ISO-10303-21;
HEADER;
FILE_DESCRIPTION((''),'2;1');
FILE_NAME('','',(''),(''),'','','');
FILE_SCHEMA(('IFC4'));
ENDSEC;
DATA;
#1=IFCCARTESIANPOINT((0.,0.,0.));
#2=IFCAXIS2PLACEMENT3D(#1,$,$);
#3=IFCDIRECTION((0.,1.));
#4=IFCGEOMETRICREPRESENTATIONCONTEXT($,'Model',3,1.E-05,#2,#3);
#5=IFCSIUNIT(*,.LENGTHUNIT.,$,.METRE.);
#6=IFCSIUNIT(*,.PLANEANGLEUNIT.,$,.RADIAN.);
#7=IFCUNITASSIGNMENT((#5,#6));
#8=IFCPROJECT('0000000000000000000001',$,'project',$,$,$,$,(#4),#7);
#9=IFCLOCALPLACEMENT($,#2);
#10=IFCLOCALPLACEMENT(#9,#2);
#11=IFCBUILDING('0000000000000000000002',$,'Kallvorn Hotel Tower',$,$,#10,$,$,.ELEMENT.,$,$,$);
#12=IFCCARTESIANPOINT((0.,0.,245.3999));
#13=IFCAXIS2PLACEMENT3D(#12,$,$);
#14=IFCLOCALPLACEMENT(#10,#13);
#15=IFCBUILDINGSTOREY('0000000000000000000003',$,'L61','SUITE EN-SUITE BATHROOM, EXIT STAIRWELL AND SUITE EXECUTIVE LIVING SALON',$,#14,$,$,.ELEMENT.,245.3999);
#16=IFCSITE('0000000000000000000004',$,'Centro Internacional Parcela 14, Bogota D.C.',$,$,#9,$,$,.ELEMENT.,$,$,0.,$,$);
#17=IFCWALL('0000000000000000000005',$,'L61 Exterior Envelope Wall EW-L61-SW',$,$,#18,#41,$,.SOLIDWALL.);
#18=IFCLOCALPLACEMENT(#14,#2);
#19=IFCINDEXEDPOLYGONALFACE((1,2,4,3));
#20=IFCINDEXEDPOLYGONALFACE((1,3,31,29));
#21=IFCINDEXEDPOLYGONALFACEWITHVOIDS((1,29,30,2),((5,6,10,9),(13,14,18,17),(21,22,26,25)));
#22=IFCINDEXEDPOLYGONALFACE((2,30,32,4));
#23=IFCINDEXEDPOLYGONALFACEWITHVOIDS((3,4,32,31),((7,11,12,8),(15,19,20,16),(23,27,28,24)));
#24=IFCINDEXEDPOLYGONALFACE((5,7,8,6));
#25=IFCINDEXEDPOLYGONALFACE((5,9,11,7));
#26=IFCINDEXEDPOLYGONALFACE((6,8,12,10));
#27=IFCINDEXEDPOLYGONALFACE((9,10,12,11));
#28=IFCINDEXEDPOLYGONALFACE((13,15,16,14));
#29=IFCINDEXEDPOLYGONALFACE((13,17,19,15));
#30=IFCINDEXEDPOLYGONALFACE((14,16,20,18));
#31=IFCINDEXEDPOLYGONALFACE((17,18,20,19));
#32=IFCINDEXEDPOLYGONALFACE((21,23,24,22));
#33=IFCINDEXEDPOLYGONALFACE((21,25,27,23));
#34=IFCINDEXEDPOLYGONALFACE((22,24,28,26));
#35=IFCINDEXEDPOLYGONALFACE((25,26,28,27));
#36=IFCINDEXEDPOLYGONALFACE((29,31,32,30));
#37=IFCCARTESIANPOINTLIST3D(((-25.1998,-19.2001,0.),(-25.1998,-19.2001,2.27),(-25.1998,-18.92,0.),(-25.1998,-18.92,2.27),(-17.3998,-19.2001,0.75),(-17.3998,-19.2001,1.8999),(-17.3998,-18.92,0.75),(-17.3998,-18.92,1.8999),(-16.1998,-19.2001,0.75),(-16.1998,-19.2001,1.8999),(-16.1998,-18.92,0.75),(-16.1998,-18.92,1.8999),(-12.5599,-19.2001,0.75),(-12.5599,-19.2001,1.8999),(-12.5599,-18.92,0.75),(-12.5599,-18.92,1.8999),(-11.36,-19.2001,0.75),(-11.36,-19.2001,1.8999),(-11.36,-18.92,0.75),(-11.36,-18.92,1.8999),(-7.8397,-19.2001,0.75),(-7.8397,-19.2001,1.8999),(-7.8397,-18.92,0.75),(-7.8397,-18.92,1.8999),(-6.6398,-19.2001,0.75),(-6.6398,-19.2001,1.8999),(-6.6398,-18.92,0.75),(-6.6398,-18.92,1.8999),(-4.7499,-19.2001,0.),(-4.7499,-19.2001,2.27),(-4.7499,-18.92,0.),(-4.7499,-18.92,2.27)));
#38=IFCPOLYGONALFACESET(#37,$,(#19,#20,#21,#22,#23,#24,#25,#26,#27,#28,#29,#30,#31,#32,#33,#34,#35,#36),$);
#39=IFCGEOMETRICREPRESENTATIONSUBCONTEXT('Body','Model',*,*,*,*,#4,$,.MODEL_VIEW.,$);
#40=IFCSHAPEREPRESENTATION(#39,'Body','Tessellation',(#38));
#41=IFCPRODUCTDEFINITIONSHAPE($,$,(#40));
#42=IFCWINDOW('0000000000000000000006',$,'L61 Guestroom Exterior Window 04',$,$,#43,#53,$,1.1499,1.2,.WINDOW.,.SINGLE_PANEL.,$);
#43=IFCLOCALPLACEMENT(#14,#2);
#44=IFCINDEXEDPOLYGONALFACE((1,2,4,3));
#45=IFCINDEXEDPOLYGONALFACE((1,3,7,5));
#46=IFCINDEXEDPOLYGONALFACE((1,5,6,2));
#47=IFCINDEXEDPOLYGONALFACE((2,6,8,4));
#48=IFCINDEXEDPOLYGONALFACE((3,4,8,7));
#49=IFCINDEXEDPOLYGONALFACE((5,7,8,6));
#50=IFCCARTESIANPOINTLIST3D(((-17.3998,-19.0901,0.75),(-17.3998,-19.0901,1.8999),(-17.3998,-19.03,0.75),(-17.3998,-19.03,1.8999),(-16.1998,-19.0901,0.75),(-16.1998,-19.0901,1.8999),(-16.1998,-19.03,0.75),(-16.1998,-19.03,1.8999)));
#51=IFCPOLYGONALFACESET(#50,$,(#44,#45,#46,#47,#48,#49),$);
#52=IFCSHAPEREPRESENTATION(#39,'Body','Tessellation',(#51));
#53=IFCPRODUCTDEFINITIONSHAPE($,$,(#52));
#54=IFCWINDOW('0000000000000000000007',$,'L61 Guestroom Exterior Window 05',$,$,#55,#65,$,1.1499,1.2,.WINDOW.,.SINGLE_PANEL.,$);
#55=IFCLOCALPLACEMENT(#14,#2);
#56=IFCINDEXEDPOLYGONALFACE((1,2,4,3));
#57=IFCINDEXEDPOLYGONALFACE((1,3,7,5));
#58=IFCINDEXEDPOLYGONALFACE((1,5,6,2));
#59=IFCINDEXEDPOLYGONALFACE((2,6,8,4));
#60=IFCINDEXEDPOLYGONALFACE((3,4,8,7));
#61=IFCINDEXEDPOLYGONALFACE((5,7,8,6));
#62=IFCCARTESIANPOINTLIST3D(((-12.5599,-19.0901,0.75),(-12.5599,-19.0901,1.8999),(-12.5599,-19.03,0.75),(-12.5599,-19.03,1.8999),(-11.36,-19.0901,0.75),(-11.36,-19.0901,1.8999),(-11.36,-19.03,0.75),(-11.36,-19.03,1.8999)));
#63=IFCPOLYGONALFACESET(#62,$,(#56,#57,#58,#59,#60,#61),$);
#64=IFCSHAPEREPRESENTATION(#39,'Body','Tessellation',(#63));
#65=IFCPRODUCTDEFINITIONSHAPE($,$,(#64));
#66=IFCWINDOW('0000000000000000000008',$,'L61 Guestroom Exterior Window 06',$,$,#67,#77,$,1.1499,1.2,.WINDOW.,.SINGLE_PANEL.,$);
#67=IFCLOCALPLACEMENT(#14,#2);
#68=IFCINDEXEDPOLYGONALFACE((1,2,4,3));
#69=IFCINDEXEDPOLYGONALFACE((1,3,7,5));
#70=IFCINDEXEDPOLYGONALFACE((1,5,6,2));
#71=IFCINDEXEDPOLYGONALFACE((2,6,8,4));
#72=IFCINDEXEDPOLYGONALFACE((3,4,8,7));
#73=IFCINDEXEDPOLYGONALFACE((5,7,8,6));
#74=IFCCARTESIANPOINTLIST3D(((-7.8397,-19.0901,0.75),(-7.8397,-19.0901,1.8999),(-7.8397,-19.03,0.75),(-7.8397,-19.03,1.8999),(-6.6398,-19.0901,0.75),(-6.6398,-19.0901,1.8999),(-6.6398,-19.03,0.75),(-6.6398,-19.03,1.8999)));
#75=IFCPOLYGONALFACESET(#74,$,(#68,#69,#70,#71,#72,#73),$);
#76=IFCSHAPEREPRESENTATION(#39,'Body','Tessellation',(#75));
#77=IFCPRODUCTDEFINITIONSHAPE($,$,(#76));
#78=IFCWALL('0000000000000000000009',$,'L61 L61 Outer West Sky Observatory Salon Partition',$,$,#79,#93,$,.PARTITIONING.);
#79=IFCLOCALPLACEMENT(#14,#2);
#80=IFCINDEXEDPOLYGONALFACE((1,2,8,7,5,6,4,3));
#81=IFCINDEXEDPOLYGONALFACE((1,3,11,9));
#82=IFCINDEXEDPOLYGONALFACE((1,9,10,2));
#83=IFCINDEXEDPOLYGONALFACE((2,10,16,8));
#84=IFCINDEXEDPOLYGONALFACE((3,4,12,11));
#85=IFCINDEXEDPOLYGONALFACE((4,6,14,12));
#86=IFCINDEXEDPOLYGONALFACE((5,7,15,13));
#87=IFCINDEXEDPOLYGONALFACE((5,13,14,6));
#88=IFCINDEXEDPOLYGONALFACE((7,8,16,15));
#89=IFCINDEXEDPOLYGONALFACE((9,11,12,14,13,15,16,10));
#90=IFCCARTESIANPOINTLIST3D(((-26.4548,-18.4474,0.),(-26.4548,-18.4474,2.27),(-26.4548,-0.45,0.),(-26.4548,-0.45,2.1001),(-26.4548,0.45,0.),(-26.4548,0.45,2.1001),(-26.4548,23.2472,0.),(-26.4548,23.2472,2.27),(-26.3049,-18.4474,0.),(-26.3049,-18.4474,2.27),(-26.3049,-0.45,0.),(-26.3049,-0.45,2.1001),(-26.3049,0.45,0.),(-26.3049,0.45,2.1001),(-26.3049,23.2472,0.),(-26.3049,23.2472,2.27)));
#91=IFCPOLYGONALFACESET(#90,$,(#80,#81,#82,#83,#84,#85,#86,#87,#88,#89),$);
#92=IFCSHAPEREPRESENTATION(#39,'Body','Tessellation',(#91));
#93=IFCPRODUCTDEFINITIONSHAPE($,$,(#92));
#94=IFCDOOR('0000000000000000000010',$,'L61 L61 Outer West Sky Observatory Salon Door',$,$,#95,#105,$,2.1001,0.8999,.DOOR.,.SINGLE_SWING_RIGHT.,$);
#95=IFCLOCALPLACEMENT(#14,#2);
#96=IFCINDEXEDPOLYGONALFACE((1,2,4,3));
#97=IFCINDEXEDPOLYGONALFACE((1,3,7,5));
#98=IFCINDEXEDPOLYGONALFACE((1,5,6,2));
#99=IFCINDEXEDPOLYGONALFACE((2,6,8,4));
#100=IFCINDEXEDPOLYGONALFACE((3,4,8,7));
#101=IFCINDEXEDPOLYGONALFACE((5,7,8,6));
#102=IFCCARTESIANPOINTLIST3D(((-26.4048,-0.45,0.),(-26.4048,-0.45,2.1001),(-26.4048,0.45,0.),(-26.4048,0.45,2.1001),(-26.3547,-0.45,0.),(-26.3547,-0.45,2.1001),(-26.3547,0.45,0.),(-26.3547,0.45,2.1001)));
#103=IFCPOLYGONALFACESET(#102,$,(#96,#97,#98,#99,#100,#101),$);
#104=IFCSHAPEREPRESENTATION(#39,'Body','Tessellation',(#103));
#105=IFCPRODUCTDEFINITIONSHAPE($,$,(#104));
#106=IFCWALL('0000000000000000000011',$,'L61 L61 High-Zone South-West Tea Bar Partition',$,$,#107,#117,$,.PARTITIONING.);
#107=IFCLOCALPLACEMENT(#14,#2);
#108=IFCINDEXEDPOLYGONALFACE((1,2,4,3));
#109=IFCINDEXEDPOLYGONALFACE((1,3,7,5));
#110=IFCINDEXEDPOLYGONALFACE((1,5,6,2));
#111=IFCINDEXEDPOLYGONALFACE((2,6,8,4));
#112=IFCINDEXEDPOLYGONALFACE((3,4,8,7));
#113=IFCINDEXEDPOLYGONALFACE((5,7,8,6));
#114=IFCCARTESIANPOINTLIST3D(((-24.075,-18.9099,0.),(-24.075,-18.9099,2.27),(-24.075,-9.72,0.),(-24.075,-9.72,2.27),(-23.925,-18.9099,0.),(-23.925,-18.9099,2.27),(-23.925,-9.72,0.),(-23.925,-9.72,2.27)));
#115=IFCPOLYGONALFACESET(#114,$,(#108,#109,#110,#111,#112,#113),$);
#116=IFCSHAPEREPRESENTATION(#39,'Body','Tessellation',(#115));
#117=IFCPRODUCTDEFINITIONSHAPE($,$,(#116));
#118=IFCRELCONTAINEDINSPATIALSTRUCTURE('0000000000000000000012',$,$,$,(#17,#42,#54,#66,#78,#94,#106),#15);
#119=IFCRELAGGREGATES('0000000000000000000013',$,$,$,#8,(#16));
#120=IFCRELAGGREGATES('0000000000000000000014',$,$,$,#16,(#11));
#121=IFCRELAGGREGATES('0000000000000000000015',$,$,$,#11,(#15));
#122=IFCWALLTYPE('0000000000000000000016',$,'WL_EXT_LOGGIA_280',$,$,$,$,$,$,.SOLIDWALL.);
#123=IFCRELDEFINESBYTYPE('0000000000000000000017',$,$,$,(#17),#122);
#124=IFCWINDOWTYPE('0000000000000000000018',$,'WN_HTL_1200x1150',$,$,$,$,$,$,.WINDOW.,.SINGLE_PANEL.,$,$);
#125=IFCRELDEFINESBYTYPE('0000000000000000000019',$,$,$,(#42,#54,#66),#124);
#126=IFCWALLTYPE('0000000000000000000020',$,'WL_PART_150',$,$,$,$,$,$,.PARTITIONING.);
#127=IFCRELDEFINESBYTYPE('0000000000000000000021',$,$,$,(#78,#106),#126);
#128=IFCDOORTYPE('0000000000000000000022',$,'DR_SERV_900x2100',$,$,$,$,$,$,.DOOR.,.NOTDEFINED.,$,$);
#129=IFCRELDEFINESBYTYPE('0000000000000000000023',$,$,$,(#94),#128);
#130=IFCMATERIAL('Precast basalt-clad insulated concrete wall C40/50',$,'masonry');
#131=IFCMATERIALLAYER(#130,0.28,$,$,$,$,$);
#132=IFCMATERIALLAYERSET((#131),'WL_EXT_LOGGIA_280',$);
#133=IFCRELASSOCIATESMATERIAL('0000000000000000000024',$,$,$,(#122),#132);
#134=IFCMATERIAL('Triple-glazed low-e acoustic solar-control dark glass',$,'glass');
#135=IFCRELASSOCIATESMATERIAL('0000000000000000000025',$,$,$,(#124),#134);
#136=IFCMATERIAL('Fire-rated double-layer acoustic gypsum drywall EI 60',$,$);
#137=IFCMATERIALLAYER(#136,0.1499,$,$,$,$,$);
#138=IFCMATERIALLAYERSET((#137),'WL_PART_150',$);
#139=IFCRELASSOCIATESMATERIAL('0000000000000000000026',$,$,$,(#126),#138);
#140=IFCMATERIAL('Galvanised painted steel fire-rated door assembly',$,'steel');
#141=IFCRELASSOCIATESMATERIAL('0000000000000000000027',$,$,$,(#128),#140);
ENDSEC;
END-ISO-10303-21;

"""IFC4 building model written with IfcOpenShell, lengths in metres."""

from ifc_helpers import new_model, si_unit, direction, frame, frame_2d, origin, place, context, subcontext, project, spatial, rectangle, extrude, material, layer, layer_set, type_object, element, fill, save


model = new_model("IFC4")

# Units and contexts
model_context = context("Model", 3, precision=1e-05, world=origin(), true_north=direction((0.0, 1.0)))
body_context = subcontext(model_context, "Body", "Model", "MODEL_VIEW")
ifc_project = project(units=[si_unit("LENGTHUNIT", "METRE"), si_unit("PLANEANGLEUNIT", "RADIAN")], contexts=[model_context])

# Site, building, storey
site_placement = place(None, origin())
site = spatial("IfcSite", under=ifc_project, at=site_placement, Name="Centro Internacional Parcela 14, Bogota D.C.", CompositionType="ELEMENT", RefElevation=0.0)
building_placement = place(site_placement, origin())
building = spatial("IfcBuilding", under=site, at=building_placement, Name="Kallvorn Hotel Tower", CompositionType="ELEMENT")
storey_placement = place(building_placement, frame((0.0, 0.0, 245.3999)))
storey = spatial("IfcBuildingStorey", under=building, at=storey_placement, Name="L61", Description="SUITE EN-SUITE BATHROOM, EXIT STAIRWELL AND SUITE EXECUTIVE LIVING SALON", CompositionType="ELEMENT", Elevation=245.3999)

# Shared definitions
ifc_material_1 = material(Name="Precast basalt-clad insulated concrete wall C40/50", Category="masonry")
ifc_layer_1 = layer(ifc_material_1, 0.28)
ifc_layer_set_1 = layer_set([ifc_layer_1], Name="WL_EXT_LOGGIA_280")
wall_type_1 = type_object("IfcWallType", Name="WL_EXT_LOGGIA_280", PredefinedType="SOLIDWALL", material=ifc_layer_set_1)

# Wall, openings, windows
wall_1_placement = place(storey_placement, frame((-25.2, -19.0601, 0.0), z_axis=(0.0, 0.0, 1.0), x_axis=(1.0, 0.0, 0.0)))
wall_1 = element("IfcWall", 1, at=wall_1_placement, inside=storey, type_object=wall_type_1, Name="L61 Exterior Envelope Wall EW-L61-SW", PredefinedType="SOLIDWALL", context=body_context, shape_type="SweptSolid", body=[
    extrude(rectangle(XDim=20.45, YDim=0.28, at=frame_2d((10.2251, 0.0))), origin(), (0.0, 0.0, 1.0), 2.27),
])
opening_1_placement = place(wall_1_placement, frame((7.8, 0.0, 0.75)))
opening_1 = element("IfcOpeningElement", 2, at=opening_1_placement, cuts=wall_1, PredefinedType="OPENING", context=body_context, shape_type="SweptSolid", body=[
    extrude(rectangle(XDim=1.2, YDim=1.1499, at=frame_2d((0.6001, 0.575))), frame((0.0, 0.155, 0.0), z_axis=(0.0, -1.0, 0.0), x_axis=(1.0, 0.0, 0.0)), (0.0, 0.0, 1.0), 0.3101),
])
opening_2_placement = place(wall_1_placement, frame((12.6399, 0.0, 0.75)))
opening_2 = element("IfcOpeningElement", 3, at=opening_2_placement, cuts=wall_1, PredefinedType="OPENING", context=body_context, shape_type="SweptSolid", body=[
    extrude(rectangle(XDim=1.2, YDim=1.1499, at=frame_2d((0.6001, 0.575))), frame((0.0, 0.155, 0.0), z_axis=(0.0, -1.0, 0.0), x_axis=(1.0, 0.0, 0.0)), (0.0, 0.0, 1.0), 0.3101),
])
opening_3_placement = place(wall_1_placement, frame((17.3601, 0.0, 0.75)))
opening_3 = element("IfcOpeningElement", 4, at=opening_3_placement, cuts=wall_1, PredefinedType="OPENING", context=body_context, shape_type="SweptSolid", body=[
    extrude(rectangle(XDim=1.2, YDim=1.1499, at=frame_2d((0.6001, 0.575))), frame((0.0, 0.155, 0.0), z_axis=(0.0, -1.0, 0.0), x_axis=(1.0, 0.0, 0.0)), (0.0, 0.0, 1.0), 0.3101),
])
ifc_material_2 = material(Name="Triple-glazed low-e acoustic solar-control dark glass", Category="glass")
window_type = type_object("IfcWindowType", Name="WN_HTL_1200x1150", PartitioningType="SINGLE_PANEL", PredefinedType="WINDOW", material=ifc_material_2)
window_1_placement = place(opening_1_placement, origin())
window_1 = element("IfcWindow", 5, at=window_1_placement, inside=storey, type_object=window_type, Name="L61 Guestroom Exterior Window 04", OverallHeight=1.1499, OverallWidth=1.2, PartitioningType="SINGLE_PANEL", PredefinedType="WINDOW", context=body_context, shape_type="SweptSolid", body=[
    extrude(rectangle(XDim=1.2, YDim=1.1499, at=frame_2d((0.6001, 0.575))), frame((0.0, 0.03, 0.0), z_axis=(0.0, -1.0, 0.0), x_axis=(1.0, 0.0, 0.0)), (0.0, 0.0, 1.0), 0.0601),
])
fill(opening_1, window_1)
window_2_placement = place(opening_2_placement, origin())
window_2 = element("IfcWindow", 6, at=window_2_placement, inside=storey, type_object=window_type, Name="L61 Guestroom Exterior Window 05", OverallHeight=1.1499, OverallWidth=1.2, PartitioningType="SINGLE_PANEL", PredefinedType="WINDOW", context=body_context, shape_type="SweptSolid", body=[
    extrude(rectangle(XDim=1.2, YDim=1.1499, at=frame_2d((0.6001, 0.575))), frame((0.0, 0.03, 0.0), z_axis=(0.0, -1.0, 0.0), x_axis=(1.0, 0.0, 0.0)), (0.0, 0.0, 1.0), 0.0601),
])
fill(opening_2, window_2)
window_3_placement = place(opening_3_placement, origin())
window_3 = element("IfcWindow", 7, at=window_3_placement, inside=storey, type_object=window_type, Name="L61 Guestroom Exterior Window 06", OverallHeight=1.1499, OverallWidth=1.2, PartitioningType="SINGLE_PANEL", PredefinedType="WINDOW", context=body_context, shape_type="SweptSolid", body=[
    extrude(rectangle(XDim=1.2, YDim=1.1499, at=frame_2d((0.6001, 0.575))), frame((0.0, 0.03, 0.0), z_axis=(0.0, -1.0, 0.0), x_axis=(1.0, 0.0, 0.0)), (0.0, 0.0, 1.0), 0.0601),
])
fill(opening_3, window_3)

# Wall, opening, door
ifc_material_3 = material(Name="Fire-rated double-layer acoustic gypsum drywall EI 60")
ifc_layer_2 = layer(ifc_material_3, 0.1499)
ifc_layer_set_2 = layer_set([ifc_layer_2], Name="WL_PART_150")
wall_type_2 = type_object("IfcWallType", Name="WL_PART_150", PredefinedType="PARTITIONING", material=ifc_layer_set_2)
wall_2_placement = place(storey_placement, frame((-26.3799, -18.4473, 0.0), z_axis=(0.0, 0.0, 1.0), x_axis=(0.0, 1.0, 0.0)))
wall_2 = element("IfcWall", 8, at=wall_2_placement, inside=storey, type_object=wall_type_2, Name="L61 L61 Outer West Sky Observatory Salon Partition", PredefinedType="PARTITIONING", context=body_context, shape_type="SweptSolid", body=[
    extrude(rectangle(XDim=41.6946, YDim=0.1499, at=frame_2d((20.8472, 0.0))), origin(), (0.0, 0.0, 1.0), 2.27),
])
opening_4_placement = place(wall_2_placement, frame((17.9973, 0.0, 0.0)))
opening_4 = element("IfcOpeningElement", 9, at=opening_4_placement, cuts=wall_2, PredefinedType="OPENING", context=body_context, shape_type="SweptSolid", body=[
    extrude(rectangle(XDim=0.8999, YDim=2.1001, at=frame_2d((0.45, 1.05))), frame((0.0, 0.0898, 0.0), z_axis=(0.0, -1.0, 0.0), x_axis=(1.0, 0.0, 0.0)), (0.0, 0.0, 1.0), 0.1799),
])
ifc_material_4 = material(Name="Galvanised painted steel fire-rated door assembly", Category="steel")
door_type = type_object("IfcDoorType", Name="DR_SERV_900x2100", OperationType="NOTDEFINED", PredefinedType="DOOR", material=ifc_material_4)
door_placement = place(opening_4_placement, origin())
door = element("IfcDoor", 10, at=door_placement, inside=storey, type_object=door_type, Name="L61 L61 Outer West Sky Observatory Salon Door", OperationType="SINGLE_SWING_RIGHT", OverallHeight=2.1001, OverallWidth=0.8999, PredefinedType="DOOR", context=body_context, shape_type="SweptSolid", body=[
    extrude(rectangle(XDim=0.8999, YDim=2.1001, at=frame_2d((0.45, 1.05))), frame((0.0, 0.0249, 0.0), z_axis=(0.0, -1.0, 0.0), x_axis=(1.0, 0.0, 0.0)), (0.0, 0.0, 1.0), 0.05),
])
fill(opening_4, door)

# Wall
wall_3_placement = place(storey_placement, frame((-24.0, -18.9099, 0.0), z_axis=(0.0, 0.0, 1.0), x_axis=(0.0, 1.0, 0.0)))
element("IfcWall", 11, at=wall_3_placement, inside=storey, type_object=wall_type_2, Name="L61 L61 High-Zone South-West Tea Bar Partition", PredefinedType="PARTITIONING", context=body_context, shape_type="SweptSolid", body=[
    extrude(rectangle(XDim=9.1899, YDim=0.1499, at=frame_2d((4.595, 0.0))), origin(), (0.0, 0.0, 1.0), 2.27),
])

save(model, "model.ifc")
